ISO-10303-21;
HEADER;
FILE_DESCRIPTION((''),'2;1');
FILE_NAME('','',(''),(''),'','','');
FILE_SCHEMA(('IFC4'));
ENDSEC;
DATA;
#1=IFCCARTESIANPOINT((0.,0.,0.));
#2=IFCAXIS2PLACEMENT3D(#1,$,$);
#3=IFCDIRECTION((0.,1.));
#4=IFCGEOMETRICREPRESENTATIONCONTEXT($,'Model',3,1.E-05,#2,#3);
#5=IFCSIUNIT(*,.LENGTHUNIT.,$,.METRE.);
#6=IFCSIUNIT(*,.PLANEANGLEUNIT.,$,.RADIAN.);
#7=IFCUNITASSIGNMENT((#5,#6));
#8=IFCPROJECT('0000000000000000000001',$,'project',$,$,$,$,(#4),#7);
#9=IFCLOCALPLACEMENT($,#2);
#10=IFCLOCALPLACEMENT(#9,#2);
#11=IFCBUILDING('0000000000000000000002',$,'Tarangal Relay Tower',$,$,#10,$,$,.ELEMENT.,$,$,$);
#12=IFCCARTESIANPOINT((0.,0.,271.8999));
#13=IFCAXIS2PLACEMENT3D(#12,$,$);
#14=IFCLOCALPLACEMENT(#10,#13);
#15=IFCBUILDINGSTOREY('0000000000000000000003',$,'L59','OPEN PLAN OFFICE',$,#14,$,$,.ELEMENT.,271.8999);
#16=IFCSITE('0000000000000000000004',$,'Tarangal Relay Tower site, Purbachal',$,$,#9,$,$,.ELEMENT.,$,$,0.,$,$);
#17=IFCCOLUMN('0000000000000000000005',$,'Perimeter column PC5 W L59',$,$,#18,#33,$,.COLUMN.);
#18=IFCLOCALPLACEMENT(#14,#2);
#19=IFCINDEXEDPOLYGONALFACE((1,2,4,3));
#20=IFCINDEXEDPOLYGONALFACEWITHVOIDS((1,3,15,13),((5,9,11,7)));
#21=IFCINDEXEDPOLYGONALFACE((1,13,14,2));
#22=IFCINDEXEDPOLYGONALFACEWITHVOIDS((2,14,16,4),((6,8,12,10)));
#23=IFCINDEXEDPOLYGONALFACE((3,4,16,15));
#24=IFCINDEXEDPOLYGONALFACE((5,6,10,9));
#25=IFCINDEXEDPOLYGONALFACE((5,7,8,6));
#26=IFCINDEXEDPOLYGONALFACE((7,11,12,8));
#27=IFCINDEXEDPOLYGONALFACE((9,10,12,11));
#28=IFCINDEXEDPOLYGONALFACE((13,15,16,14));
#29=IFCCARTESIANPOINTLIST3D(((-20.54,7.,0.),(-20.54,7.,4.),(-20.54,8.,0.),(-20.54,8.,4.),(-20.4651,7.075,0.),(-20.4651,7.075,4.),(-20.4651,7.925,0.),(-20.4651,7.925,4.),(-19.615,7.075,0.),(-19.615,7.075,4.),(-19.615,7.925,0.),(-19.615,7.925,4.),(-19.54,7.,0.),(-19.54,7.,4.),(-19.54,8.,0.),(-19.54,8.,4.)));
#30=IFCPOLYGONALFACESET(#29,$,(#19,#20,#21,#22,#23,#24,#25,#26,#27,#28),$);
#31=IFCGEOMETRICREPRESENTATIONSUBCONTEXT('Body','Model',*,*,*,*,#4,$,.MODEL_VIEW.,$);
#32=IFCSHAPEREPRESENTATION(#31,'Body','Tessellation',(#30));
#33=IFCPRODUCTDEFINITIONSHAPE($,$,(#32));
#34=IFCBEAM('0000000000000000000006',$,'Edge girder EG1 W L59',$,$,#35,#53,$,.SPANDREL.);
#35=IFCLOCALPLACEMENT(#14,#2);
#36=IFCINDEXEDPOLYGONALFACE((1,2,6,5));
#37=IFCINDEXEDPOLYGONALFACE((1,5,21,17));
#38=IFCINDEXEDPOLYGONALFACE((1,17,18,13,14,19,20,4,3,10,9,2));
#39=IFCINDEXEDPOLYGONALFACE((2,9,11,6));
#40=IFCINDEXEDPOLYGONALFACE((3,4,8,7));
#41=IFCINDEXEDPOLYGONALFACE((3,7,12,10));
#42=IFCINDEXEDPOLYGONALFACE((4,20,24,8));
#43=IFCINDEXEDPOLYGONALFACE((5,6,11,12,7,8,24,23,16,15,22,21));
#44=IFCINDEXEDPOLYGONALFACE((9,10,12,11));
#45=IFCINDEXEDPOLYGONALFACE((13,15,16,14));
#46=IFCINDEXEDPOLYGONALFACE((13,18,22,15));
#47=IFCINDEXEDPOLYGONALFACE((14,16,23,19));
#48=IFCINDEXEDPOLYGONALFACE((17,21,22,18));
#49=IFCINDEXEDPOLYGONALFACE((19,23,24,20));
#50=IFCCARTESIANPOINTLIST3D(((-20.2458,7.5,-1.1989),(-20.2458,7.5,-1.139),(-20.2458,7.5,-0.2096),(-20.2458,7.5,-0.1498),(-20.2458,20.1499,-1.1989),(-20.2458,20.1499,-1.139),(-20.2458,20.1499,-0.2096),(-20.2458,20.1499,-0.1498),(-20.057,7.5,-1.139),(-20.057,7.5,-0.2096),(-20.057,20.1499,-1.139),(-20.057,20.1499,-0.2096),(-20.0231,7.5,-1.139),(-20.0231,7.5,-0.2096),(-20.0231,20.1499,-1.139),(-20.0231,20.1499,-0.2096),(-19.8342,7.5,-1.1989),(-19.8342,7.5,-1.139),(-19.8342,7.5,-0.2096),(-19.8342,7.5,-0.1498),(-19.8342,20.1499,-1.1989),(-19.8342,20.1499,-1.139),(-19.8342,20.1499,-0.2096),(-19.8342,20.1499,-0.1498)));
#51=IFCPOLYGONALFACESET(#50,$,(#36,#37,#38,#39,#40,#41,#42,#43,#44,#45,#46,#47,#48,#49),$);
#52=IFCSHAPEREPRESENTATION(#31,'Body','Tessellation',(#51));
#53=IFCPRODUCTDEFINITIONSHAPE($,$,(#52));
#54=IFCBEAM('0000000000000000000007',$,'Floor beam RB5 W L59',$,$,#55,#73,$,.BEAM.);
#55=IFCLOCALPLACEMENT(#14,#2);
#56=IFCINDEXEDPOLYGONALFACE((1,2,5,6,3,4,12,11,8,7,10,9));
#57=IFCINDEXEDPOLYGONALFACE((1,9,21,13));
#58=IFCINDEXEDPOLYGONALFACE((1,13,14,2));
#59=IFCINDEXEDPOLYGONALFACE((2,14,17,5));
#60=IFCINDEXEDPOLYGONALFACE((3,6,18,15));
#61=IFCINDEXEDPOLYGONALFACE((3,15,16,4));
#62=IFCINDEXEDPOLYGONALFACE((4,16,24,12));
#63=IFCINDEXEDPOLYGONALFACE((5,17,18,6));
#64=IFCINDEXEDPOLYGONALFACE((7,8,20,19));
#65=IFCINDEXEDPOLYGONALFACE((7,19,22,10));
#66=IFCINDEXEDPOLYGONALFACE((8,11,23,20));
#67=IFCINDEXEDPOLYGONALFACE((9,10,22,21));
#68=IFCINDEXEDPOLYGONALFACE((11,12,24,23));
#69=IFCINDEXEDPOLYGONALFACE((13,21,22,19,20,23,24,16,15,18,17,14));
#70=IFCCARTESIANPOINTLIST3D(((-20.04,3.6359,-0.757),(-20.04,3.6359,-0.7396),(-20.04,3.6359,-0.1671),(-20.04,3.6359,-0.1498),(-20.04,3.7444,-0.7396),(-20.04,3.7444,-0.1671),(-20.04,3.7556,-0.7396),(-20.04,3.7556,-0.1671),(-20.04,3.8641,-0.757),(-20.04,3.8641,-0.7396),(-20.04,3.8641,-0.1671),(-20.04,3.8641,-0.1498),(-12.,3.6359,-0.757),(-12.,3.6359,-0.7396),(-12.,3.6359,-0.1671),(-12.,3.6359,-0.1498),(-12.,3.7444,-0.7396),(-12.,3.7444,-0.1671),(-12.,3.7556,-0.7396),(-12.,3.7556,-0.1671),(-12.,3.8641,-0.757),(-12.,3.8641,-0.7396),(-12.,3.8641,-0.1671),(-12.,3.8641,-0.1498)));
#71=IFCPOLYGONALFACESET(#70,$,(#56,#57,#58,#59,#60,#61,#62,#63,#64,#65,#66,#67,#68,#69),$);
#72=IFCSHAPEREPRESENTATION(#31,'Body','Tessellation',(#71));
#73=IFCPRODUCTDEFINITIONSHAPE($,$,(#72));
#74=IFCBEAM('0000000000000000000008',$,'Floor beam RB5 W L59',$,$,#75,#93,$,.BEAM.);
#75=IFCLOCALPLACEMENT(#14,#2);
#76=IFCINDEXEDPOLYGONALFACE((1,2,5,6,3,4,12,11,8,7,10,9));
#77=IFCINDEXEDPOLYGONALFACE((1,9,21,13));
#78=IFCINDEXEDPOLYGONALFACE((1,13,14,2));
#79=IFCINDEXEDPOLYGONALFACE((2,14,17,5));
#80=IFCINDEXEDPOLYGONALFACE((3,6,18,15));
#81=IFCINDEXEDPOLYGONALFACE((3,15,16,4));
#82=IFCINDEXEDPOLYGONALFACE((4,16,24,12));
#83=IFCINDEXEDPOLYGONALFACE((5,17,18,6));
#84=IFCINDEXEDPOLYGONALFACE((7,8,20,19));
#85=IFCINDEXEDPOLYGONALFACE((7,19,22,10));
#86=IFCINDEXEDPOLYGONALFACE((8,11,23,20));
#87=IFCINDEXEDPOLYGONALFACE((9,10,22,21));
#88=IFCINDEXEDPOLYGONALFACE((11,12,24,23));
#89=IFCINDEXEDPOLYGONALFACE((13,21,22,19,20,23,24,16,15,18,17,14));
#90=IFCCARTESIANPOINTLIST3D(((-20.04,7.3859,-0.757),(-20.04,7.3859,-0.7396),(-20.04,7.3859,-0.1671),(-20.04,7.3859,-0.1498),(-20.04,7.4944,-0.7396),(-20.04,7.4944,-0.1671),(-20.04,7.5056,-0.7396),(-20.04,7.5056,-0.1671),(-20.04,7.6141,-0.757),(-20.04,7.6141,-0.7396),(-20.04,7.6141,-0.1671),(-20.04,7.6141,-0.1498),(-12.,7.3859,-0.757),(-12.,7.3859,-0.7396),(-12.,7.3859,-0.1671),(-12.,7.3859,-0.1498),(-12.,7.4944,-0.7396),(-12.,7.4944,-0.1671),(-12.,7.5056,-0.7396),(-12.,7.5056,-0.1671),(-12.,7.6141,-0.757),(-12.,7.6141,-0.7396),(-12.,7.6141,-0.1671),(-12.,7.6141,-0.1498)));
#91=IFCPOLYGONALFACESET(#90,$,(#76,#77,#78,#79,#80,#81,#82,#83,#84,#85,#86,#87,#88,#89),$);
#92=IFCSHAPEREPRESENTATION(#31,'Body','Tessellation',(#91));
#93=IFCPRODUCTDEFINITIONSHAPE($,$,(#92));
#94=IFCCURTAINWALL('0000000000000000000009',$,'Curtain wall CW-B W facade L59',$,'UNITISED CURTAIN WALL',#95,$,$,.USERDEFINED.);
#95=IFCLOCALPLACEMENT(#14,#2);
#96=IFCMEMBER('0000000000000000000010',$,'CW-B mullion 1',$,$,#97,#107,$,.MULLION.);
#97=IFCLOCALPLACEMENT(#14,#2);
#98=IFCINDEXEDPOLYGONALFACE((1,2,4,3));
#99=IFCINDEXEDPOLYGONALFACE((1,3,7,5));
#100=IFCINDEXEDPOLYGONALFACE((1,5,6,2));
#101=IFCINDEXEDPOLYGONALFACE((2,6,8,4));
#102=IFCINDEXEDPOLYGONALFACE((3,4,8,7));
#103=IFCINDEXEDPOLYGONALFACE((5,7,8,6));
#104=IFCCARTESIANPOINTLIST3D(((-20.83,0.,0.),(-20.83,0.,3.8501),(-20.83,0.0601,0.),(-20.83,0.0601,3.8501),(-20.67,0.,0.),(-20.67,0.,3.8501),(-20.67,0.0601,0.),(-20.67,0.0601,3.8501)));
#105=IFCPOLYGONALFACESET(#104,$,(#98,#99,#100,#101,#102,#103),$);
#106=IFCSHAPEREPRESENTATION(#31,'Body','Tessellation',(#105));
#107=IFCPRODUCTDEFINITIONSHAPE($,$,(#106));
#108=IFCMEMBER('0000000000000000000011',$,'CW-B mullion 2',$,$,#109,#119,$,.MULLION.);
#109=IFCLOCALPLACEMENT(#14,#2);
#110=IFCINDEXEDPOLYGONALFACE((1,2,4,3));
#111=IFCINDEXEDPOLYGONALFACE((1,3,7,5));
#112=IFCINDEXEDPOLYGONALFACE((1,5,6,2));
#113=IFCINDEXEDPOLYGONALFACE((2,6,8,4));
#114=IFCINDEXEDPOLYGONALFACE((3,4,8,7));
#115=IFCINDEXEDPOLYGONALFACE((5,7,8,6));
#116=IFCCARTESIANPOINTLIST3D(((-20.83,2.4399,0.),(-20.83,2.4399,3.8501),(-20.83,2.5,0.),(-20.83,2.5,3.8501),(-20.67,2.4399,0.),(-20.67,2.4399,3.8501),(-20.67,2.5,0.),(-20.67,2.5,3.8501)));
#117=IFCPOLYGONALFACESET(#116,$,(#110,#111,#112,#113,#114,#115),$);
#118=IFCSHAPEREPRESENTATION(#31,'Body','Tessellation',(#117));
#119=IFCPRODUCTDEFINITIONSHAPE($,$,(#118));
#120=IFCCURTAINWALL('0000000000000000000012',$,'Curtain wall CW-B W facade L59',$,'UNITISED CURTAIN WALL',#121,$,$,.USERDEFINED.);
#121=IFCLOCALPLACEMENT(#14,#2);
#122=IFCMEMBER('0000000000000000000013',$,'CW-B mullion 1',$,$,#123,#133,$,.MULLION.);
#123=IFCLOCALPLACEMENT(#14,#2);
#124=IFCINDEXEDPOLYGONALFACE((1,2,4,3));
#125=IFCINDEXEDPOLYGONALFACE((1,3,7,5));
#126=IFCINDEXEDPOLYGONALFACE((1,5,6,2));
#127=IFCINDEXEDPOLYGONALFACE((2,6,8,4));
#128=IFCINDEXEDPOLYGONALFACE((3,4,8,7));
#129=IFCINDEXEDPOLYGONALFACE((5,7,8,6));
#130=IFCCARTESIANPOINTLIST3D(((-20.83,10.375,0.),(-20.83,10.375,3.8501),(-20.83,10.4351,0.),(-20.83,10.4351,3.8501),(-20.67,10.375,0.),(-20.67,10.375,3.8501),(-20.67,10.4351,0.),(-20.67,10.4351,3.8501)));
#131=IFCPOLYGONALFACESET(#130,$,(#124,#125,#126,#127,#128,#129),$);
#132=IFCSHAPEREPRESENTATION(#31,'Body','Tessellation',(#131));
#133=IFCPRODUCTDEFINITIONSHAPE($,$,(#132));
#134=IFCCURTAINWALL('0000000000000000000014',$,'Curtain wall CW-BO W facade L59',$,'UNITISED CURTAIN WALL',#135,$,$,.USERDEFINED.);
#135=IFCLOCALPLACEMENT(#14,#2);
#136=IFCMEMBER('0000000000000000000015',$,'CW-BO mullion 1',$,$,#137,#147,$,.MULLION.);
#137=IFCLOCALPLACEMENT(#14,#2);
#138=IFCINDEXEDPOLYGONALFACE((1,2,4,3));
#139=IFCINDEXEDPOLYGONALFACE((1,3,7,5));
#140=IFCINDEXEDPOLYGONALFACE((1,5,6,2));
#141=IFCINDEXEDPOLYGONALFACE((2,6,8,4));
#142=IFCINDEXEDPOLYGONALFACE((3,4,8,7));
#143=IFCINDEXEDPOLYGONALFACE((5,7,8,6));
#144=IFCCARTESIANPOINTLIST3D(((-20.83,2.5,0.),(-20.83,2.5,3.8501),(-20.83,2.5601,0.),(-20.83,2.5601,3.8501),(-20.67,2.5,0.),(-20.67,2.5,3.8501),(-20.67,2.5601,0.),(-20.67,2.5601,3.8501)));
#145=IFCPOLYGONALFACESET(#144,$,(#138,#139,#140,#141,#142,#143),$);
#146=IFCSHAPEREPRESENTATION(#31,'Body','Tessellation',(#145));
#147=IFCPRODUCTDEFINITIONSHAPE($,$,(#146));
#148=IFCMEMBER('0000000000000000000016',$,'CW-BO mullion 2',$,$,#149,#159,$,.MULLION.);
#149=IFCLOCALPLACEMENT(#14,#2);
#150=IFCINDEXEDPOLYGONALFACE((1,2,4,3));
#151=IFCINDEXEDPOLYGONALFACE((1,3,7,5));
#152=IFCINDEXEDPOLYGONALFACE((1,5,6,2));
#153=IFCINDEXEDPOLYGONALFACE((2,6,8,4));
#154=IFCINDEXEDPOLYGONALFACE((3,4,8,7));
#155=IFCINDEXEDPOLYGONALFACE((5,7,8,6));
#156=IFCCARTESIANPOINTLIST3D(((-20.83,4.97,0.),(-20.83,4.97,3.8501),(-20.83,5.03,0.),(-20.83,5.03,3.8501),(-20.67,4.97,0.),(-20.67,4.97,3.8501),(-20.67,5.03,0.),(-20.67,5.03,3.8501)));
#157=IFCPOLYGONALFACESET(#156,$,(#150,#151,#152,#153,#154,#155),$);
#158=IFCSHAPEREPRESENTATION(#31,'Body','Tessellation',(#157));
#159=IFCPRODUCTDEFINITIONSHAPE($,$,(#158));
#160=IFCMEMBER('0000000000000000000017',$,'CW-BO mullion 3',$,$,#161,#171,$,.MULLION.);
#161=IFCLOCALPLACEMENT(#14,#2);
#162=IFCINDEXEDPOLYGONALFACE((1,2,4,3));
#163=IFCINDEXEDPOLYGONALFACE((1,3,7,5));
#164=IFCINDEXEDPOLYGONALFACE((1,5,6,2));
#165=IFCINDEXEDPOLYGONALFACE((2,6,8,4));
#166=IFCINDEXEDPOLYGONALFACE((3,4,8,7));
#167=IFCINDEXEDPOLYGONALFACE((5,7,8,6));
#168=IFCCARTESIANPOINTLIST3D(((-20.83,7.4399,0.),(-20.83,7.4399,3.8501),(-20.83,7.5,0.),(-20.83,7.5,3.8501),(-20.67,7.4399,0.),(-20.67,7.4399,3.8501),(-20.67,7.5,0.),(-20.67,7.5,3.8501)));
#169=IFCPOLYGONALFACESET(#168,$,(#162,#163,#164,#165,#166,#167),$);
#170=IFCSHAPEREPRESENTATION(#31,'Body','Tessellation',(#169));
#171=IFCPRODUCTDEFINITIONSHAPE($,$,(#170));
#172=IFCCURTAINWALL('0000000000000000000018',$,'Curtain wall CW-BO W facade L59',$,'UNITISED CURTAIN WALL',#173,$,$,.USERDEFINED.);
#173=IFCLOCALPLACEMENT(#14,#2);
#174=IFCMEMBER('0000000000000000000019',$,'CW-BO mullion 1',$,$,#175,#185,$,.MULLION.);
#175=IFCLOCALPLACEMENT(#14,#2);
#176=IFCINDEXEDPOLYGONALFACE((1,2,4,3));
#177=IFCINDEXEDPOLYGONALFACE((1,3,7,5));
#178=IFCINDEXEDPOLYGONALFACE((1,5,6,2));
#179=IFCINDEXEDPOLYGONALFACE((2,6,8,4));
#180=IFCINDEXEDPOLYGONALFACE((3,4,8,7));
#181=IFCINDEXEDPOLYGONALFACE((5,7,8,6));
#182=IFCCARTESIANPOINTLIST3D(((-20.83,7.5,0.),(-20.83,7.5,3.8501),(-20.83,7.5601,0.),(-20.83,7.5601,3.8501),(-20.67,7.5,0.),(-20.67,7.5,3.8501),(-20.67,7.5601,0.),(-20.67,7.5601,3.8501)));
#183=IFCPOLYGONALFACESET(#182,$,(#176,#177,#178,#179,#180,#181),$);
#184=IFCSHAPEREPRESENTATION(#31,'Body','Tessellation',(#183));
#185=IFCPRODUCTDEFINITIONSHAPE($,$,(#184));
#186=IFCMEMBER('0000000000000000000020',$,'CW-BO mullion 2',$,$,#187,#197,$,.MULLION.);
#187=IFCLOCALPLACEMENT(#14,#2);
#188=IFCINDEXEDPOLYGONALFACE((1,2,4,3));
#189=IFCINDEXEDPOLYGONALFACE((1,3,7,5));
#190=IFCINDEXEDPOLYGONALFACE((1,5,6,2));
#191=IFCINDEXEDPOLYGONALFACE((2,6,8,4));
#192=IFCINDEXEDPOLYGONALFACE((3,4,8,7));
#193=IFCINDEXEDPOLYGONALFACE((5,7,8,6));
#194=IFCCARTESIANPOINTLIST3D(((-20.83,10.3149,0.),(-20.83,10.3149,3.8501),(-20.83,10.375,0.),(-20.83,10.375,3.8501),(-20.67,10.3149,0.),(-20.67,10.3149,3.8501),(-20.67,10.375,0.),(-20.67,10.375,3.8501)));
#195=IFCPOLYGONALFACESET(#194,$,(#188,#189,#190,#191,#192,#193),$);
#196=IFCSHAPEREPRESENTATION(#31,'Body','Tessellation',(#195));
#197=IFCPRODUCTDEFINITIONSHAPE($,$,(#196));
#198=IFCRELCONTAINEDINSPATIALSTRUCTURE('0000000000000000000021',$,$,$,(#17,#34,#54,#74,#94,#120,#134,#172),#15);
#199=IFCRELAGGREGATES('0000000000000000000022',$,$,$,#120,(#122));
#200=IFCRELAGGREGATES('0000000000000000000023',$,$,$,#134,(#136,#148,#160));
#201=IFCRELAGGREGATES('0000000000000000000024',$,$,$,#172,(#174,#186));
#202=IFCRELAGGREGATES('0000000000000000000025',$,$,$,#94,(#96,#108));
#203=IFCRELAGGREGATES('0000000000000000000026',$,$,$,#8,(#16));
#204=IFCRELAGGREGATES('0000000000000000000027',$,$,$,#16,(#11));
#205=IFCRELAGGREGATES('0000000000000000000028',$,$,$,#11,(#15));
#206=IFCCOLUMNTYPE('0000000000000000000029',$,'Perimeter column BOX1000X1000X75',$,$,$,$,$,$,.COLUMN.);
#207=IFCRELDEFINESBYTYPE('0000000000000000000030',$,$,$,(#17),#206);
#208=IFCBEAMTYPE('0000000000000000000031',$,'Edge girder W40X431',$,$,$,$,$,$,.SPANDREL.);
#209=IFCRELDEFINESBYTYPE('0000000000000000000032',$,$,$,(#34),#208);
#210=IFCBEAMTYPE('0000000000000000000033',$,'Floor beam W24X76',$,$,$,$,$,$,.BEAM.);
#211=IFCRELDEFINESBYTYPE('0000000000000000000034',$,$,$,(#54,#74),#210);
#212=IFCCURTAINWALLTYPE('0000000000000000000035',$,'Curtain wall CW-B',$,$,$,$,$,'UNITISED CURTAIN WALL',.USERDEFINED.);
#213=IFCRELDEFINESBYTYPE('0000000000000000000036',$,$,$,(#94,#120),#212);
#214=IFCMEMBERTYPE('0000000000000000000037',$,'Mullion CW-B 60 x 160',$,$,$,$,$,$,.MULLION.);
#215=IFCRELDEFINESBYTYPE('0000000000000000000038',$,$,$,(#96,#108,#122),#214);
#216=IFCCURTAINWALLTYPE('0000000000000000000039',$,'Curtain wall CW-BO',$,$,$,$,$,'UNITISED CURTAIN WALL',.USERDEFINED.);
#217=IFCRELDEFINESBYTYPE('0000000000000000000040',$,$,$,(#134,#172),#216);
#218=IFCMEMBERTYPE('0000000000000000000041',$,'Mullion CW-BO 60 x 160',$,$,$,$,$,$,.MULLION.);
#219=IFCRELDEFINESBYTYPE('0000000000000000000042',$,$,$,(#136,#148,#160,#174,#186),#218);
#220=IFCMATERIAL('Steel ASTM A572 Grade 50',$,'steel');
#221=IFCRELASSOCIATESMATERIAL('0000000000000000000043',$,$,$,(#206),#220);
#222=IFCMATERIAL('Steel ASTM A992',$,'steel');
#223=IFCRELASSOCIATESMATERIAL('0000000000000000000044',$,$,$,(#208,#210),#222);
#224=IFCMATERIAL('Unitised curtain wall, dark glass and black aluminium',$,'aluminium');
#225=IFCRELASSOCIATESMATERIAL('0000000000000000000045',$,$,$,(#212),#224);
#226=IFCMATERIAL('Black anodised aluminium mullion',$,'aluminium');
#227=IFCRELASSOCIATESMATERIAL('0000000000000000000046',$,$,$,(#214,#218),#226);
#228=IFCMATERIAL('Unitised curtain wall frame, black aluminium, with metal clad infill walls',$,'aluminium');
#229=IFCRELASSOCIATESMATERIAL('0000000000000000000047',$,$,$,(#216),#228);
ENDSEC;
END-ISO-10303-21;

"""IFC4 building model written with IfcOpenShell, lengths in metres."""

from ifc_helpers import new_model, si_unit, direction, frame, origin, origin_2d, place, context, subcontext, project, spatial, rectangle, hollow_rectangle, i_section, extrude, material, material_profile, profile_set, type_object, element, aggregate, save


model = new_model("IFC4")

# Units and contexts
model_context = context("Model", 3, precision=1e-05, world=origin(), true_north=direction((0.0, 1.0)))
body_context = subcontext(model_context, "Body", "Model", "MODEL_VIEW")
ifc_project = project(units=[si_unit("LENGTHUNIT", "METRE"), si_unit("PLANEANGLEUNIT", "RADIAN")], contexts=[model_context])

# Site, building, storey
site_placement = place(None, origin())
site = spatial("IfcSite", under=ifc_project, at=site_placement, Name="Tarangal Relay Tower site, Purbachal", CompositionType="ELEMENT", RefElevation=0.0)
building_placement = place(site_placement, origin())
building = spatial("IfcBuilding", under=site, at=building_placement, Name="Tarangal Relay Tower", CompositionType="ELEMENT")
storey_placement = place(building_placement, frame((0.0, 0.0, 271.8999)))
storey = spatial("IfcBuildingStorey", under=building, at=storey_placement, Name="L59", Description="OPEN PLAN OFFICE", CompositionType="ELEMENT", Elevation=271.8999)

# Column
ifc_material_1 = material(Name="Steel ASTM A572 Grade 50", Category="steel")
ifc_material_profile_1 = material_profile(ifc_material_1, hollow_rectangle(XDim=1.0, YDim=1.0, WallThickness=0.075, at=origin_2d()), Name="BOX1000X1000X75")
ifc_profile_set_1 = profile_set([ifc_material_profile_1], Name="Steel ASTM A572 Grade 50")
column_type = type_object("IfcColumnType", Name="Perimeter column BOX1000X1000X75", PredefinedType="COLUMN", material=ifc_profile_set_1)
column_placement = place(storey_placement, frame((-20.04, 7.5, 0.0), z_axis=(0.0, 0.0, 1.0), x_axis=(1.0, 0.0, 0.0)))
element("IfcColumn", 1, at=column_placement, inside=storey, type_object=column_type, Name="Perimeter column PC5 W L59", PredefinedType="COLUMN", context=body_context, shape_type="SweptSolid", body=[
    extrude(hollow_rectangle(XDim=1.0, YDim=1.0, WallThickness=0.075, at=origin_2d()), origin(), (0.0, 0.0, 1.0), 4.0),
])

# Beams
ifc_material_2 = material(Name="Steel ASTM A992", Category="steel")
ifc_material_profile_2 = material_profile(ifc_material_2, i_section(OverallWidth=0.4116, OverallDepth=1.0491, WebThickness=0.0339, FlangeThickness=0.0598, at=origin_2d()), Name="W40X431")
ifc_profile_set_2 = profile_set([ifc_material_profile_2], Name="Steel ASTM A992")
beam_type_1 = type_object("IfcBeamType", Name="Edge girder W40X431", PredefinedType="SPANDREL", material=ifc_profile_set_2)
beam_placement = place(storey_placement, frame((-20.04, 7.5, -0.6743), z_axis=(0.0, 1.0, 0.0), x_axis=(-1.0, 0.0, 0.0)))
element("IfcBeam", 2, at=beam_placement, inside=storey, type_object=beam_type_1, Name="Edge girder EG1 W L59", PredefinedType="SPANDREL", context=body_context, shape_type="SweptSolid", body=[
    extrude(i_section(OverallWidth=0.4116, OverallDepth=1.0491, WebThickness=0.0339, FlangeThickness=0.0598, at=origin_2d()), origin(), (0.0, 0.0, 1.0), 12.6499),
])
ifc_material_profile_3 = material_profile(ifc_material_2, i_section(OverallWidth=0.2283, OverallDepth=0.6072, WebThickness=0.0112, FlangeThickness=0.0173, at=origin_2d()), Name="W24X76")
ifc_profile_set_3 = profile_set([ifc_material_profile_3], Name="Steel ASTM A992")
beam_type_2 = type_object("IfcBeamType", Name="Floor beam W24X76", PredefinedType="BEAM", material=ifc_profile_set_3)
for number, where, z_axis, x_axis, name in (
    (3, (-12.0, 3.75, -0.4534), (-1.0, 0.0, 0.0), (0.0, -1.0, 0.0), "Floor beam RB5 W L59"),
    (4, (-12.0, 7.5, -0.4534), (-1.0, 0.0, 0.0), (0.0, -1.0, 0.0), "Floor beam RB5 W L59"),
):
    element("IfcBeam", number, at=place(storey_placement, frame(where, z_axis=z_axis, x_axis=x_axis)), inside=storey, type_object=beam_type_2, Name=name, PredefinedType="BEAM", context=body_context, shape_type="SweptSolid", body=[
        extrude(i_section(OverallWidth=0.2283, OverallDepth=0.6072, WebThickness=0.0112, FlangeThickness=0.0173, at=origin_2d()), origin(), (0.0, 0.0, 1.0), 8.04),
    ])

# Curtain wall, members
ifc_material_3 = material(Name="Unitised curtain wall, dark glass and black aluminium", Category="aluminium")
curtain_wall_type_1 = type_object("IfcCurtainWallType", Name="Curtain wall CW-B", ElementType="UNITISED CURTAIN WALL", PredefinedType="USERDEFINED", material=ifc_material_3)
curtain_wall_1_placement = place(storey_placement, origin())
curtain_wall_1 = element("IfcCurtainWall", 5, at=curtain_wall_1_placement, inside=storey, type_object=curtain_wall_type_1, Name="Curtain wall CW-B W facade L59", ObjectType="UNITISED CURTAIN WALL", PredefinedType="USERDEFINED")
ifc_material_4 = material(Name="Black anodised aluminium mullion", Category="aluminium")
ifc_material_profile_4 = material_profile(ifc_material_4, rectangle(XDim=0.1599, YDim=0.0601, at=origin_2d()), Name="CW-BM 60X160")
ifc_profile_set_4 = profile_set([ifc_material_profile_4], Name="Black anodised aluminium mullion")
member_type_1 = type_object("IfcMemberType", Name="Mullion CW-B 60 x 160", PredefinedType="MULLION", material=ifc_profile_set_4)
member_1_placement = place(storey_placement, frame((-20.75, 0.03, 0.0), z_axis=(0.0, 0.0, 1.0), x_axis=(-1.0, 0.0, 0.0)))
member_1 = element("IfcMember", 6, at=member_1_placement, type_object=member_type_1, Name="CW-B mullion 1", PredefinedType="MULLION", context=body_context, shape_type="SweptSolid", body=[
    extrude(rectangle(XDim=0.1599, YDim=0.0601, at=origin_2d()), origin(), (0.0, 0.0, 1.0), 3.8501),
])
member_2_placement = place(storey_placement, frame((-20.75, 2.47, 0.0), z_axis=(0.0, 0.0, 1.0), x_axis=(-1.0, 0.0, 0.0)))
member_2 = element("IfcMember", 7, at=member_2_placement, type_object=member_type_1, Name="CW-B mullion 2", PredefinedType="MULLION", context=body_context, shape_type="SweptSolid", body=[
    extrude(rectangle(XDim=0.1599, YDim=0.0601, at=origin_2d()), origin(), (0.0, 0.0, 1.0), 3.8501),
])

# Curtain wall, member
curtain_wall_2_placement = place(storey_placement, origin())
curtain_wall_2 = element("IfcCurtainWall", 8, at=curtain_wall_2_placement, inside=storey, type_object=curtain_wall_type_1, Name="Curtain wall CW-B W facade L59", ObjectType="UNITISED CURTAIN WALL", PredefinedType="USERDEFINED")
member_3_placement = place(storey_placement, frame((-20.75, 10.405, 0.0), z_axis=(0.0, 0.0, 1.0), x_axis=(-1.0, 0.0, 0.0)))
member_3 = element("IfcMember", 9, at=member_3_placement, type_object=member_type_1, Name="CW-B mullion 1", PredefinedType="MULLION", context=body_context, shape_type="SweptSolid", body=[
    extrude(rectangle(XDim=0.1599, YDim=0.0601, at=origin_2d()), origin(), (0.0, 0.0, 1.0), 3.8501),
])
aggregate(curtain_wall_2, [member_3])

# Curtain walls, members
ifc_material_5 = material(Name="Unitised curtain wall frame, black aluminium, with metal clad infill walls", Category="aluminium")
curtain_wall_type_2 = type_object("IfcCurtainWallType", Name="Curtain wall CW-BO", ElementType="UNITISED CURTAIN WALL", PredefinedType="USERDEFINED", material=ifc_material_5)
curtain_wall_3_placement = place(storey_placement, origin())
curtain_wall_3 = element("IfcCurtainWall", 10, at=curtain_wall_3_placement, inside=storey, type_object=curtain_wall_type_2, Name="Curtain wall CW-BO W facade L59", ObjectType="UNITISED CURTAIN WALL", PredefinedType="USERDEFINED")
ifc_material_profile_5 = material_profile(ifc_material_4, rectangle(XDim=0.1599, YDim=0.0601, at=origin_2d()), Name="CW-BOM 60X160")
ifc_profile_set_5 = profile_set([ifc_material_profile_5], Name="Black anodised aluminium mullion")
member_type_2 = type_object("IfcMemberType", Name="Mullion CW-BO 60 x 160", PredefinedType="MULLION", material=ifc_profile_set_5)
member_4_placement = place(storey_placement, frame((-20.75, 2.53, 0.0), z_axis=(0.0, 0.0, 1.0), x_axis=(-1.0, 0.0, 0.0)))
member_4 = element("IfcMember", 11, at=member_4_placement, type_object=member_type_2, Name="CW-BO mullion 1", PredefinedType="MULLION", context=body_context, shape_type="SweptSolid", body=[
    extrude(rectangle(XDim=0.1599, YDim=0.0601, at=origin_2d()), origin(), (0.0, 0.0, 1.0), 3.8501),
])
member_5_placement = place(storey_placement, frame((-20.75, 5.0, 0.0), z_axis=(0.0, 0.0, 1.0), x_axis=(-1.0, 0.0, 0.0)))
member_5 = element("IfcMember", 12, at=member_5_placement, type_object=member_type_2, Name="CW-BO mullion 2", PredefinedType="MULLION", context=body_context, shape_type="SweptSolid", body=[
    extrude(rectangle(XDim=0.1599, YDim=0.0601, at=origin_2d()), origin(), (0.0, 0.0, 1.0), 3.8501),
])
member_6_placement = place(storey_placement, frame((-20.75, 7.47, 0.0), z_axis=(0.0, 0.0, 1.0), x_axis=(-1.0, 0.0, 0.0)))
member_6 = element("IfcMember", 13, at=member_6_placement, type_object=member_type_2, Name="CW-BO mullion 3", PredefinedType="MULLION", context=body_context, shape_type="SweptSolid", body=[
    extrude(rectangle(XDim=0.1599, YDim=0.0601, at=origin_2d()), origin(), (0.0, 0.0, 1.0), 3.8501),
])
curtain_wall_4_placement = place(storey_placement, origin())
curtain_wall_4 = element("IfcCurtainWall", 14, at=curtain_wall_4_placement, inside=storey, type_object=curtain_wall_type_2, Name="Curtain wall CW-BO W facade L59", ObjectType="UNITISED CURTAIN WALL", PredefinedType="USERDEFINED")
member_7_placement = place(storey_placement, frame((-20.75, 7.53, 0.0), z_axis=(0.0, 0.0, 1.0), x_axis=(-1.0, 0.0, 0.0)))
member_7 = element("IfcMember", 15, at=member_7_placement, type_object=member_type_2, Name="CW-BO mullion 1", PredefinedType="MULLION", context=body_context, shape_type="SweptSolid", body=[
    extrude(rectangle(XDim=0.1599, YDim=0.0601, at=origin_2d()), origin(), (0.0, 0.0, 1.0), 3.8501),
])
member_8_placement = place(storey_placement, frame((-20.75, 10.345, 0.0), z_axis=(0.0, 0.0, 1.0), x_axis=(-1.0, 0.0, 0.0)))
member_8 = element("IfcMember", 16, at=member_8_placement, type_object=member_type_2, Name="CW-BO mullion 2", PredefinedType="MULLION", context=body_context, shape_type="SweptSolid", body=[
    extrude(rectangle(XDim=0.1599, YDim=0.0601, at=origin_2d()), origin(), (0.0, 0.0, 1.0), 3.8501),
])

aggregate(curtain_wall_3, [member_4, member_5, member_6])
aggregate(curtain_wall_4, [member_7, member_8])

aggregate(curtain_wall_1, [member_1, member_2])

save(model, "model.ifc")
